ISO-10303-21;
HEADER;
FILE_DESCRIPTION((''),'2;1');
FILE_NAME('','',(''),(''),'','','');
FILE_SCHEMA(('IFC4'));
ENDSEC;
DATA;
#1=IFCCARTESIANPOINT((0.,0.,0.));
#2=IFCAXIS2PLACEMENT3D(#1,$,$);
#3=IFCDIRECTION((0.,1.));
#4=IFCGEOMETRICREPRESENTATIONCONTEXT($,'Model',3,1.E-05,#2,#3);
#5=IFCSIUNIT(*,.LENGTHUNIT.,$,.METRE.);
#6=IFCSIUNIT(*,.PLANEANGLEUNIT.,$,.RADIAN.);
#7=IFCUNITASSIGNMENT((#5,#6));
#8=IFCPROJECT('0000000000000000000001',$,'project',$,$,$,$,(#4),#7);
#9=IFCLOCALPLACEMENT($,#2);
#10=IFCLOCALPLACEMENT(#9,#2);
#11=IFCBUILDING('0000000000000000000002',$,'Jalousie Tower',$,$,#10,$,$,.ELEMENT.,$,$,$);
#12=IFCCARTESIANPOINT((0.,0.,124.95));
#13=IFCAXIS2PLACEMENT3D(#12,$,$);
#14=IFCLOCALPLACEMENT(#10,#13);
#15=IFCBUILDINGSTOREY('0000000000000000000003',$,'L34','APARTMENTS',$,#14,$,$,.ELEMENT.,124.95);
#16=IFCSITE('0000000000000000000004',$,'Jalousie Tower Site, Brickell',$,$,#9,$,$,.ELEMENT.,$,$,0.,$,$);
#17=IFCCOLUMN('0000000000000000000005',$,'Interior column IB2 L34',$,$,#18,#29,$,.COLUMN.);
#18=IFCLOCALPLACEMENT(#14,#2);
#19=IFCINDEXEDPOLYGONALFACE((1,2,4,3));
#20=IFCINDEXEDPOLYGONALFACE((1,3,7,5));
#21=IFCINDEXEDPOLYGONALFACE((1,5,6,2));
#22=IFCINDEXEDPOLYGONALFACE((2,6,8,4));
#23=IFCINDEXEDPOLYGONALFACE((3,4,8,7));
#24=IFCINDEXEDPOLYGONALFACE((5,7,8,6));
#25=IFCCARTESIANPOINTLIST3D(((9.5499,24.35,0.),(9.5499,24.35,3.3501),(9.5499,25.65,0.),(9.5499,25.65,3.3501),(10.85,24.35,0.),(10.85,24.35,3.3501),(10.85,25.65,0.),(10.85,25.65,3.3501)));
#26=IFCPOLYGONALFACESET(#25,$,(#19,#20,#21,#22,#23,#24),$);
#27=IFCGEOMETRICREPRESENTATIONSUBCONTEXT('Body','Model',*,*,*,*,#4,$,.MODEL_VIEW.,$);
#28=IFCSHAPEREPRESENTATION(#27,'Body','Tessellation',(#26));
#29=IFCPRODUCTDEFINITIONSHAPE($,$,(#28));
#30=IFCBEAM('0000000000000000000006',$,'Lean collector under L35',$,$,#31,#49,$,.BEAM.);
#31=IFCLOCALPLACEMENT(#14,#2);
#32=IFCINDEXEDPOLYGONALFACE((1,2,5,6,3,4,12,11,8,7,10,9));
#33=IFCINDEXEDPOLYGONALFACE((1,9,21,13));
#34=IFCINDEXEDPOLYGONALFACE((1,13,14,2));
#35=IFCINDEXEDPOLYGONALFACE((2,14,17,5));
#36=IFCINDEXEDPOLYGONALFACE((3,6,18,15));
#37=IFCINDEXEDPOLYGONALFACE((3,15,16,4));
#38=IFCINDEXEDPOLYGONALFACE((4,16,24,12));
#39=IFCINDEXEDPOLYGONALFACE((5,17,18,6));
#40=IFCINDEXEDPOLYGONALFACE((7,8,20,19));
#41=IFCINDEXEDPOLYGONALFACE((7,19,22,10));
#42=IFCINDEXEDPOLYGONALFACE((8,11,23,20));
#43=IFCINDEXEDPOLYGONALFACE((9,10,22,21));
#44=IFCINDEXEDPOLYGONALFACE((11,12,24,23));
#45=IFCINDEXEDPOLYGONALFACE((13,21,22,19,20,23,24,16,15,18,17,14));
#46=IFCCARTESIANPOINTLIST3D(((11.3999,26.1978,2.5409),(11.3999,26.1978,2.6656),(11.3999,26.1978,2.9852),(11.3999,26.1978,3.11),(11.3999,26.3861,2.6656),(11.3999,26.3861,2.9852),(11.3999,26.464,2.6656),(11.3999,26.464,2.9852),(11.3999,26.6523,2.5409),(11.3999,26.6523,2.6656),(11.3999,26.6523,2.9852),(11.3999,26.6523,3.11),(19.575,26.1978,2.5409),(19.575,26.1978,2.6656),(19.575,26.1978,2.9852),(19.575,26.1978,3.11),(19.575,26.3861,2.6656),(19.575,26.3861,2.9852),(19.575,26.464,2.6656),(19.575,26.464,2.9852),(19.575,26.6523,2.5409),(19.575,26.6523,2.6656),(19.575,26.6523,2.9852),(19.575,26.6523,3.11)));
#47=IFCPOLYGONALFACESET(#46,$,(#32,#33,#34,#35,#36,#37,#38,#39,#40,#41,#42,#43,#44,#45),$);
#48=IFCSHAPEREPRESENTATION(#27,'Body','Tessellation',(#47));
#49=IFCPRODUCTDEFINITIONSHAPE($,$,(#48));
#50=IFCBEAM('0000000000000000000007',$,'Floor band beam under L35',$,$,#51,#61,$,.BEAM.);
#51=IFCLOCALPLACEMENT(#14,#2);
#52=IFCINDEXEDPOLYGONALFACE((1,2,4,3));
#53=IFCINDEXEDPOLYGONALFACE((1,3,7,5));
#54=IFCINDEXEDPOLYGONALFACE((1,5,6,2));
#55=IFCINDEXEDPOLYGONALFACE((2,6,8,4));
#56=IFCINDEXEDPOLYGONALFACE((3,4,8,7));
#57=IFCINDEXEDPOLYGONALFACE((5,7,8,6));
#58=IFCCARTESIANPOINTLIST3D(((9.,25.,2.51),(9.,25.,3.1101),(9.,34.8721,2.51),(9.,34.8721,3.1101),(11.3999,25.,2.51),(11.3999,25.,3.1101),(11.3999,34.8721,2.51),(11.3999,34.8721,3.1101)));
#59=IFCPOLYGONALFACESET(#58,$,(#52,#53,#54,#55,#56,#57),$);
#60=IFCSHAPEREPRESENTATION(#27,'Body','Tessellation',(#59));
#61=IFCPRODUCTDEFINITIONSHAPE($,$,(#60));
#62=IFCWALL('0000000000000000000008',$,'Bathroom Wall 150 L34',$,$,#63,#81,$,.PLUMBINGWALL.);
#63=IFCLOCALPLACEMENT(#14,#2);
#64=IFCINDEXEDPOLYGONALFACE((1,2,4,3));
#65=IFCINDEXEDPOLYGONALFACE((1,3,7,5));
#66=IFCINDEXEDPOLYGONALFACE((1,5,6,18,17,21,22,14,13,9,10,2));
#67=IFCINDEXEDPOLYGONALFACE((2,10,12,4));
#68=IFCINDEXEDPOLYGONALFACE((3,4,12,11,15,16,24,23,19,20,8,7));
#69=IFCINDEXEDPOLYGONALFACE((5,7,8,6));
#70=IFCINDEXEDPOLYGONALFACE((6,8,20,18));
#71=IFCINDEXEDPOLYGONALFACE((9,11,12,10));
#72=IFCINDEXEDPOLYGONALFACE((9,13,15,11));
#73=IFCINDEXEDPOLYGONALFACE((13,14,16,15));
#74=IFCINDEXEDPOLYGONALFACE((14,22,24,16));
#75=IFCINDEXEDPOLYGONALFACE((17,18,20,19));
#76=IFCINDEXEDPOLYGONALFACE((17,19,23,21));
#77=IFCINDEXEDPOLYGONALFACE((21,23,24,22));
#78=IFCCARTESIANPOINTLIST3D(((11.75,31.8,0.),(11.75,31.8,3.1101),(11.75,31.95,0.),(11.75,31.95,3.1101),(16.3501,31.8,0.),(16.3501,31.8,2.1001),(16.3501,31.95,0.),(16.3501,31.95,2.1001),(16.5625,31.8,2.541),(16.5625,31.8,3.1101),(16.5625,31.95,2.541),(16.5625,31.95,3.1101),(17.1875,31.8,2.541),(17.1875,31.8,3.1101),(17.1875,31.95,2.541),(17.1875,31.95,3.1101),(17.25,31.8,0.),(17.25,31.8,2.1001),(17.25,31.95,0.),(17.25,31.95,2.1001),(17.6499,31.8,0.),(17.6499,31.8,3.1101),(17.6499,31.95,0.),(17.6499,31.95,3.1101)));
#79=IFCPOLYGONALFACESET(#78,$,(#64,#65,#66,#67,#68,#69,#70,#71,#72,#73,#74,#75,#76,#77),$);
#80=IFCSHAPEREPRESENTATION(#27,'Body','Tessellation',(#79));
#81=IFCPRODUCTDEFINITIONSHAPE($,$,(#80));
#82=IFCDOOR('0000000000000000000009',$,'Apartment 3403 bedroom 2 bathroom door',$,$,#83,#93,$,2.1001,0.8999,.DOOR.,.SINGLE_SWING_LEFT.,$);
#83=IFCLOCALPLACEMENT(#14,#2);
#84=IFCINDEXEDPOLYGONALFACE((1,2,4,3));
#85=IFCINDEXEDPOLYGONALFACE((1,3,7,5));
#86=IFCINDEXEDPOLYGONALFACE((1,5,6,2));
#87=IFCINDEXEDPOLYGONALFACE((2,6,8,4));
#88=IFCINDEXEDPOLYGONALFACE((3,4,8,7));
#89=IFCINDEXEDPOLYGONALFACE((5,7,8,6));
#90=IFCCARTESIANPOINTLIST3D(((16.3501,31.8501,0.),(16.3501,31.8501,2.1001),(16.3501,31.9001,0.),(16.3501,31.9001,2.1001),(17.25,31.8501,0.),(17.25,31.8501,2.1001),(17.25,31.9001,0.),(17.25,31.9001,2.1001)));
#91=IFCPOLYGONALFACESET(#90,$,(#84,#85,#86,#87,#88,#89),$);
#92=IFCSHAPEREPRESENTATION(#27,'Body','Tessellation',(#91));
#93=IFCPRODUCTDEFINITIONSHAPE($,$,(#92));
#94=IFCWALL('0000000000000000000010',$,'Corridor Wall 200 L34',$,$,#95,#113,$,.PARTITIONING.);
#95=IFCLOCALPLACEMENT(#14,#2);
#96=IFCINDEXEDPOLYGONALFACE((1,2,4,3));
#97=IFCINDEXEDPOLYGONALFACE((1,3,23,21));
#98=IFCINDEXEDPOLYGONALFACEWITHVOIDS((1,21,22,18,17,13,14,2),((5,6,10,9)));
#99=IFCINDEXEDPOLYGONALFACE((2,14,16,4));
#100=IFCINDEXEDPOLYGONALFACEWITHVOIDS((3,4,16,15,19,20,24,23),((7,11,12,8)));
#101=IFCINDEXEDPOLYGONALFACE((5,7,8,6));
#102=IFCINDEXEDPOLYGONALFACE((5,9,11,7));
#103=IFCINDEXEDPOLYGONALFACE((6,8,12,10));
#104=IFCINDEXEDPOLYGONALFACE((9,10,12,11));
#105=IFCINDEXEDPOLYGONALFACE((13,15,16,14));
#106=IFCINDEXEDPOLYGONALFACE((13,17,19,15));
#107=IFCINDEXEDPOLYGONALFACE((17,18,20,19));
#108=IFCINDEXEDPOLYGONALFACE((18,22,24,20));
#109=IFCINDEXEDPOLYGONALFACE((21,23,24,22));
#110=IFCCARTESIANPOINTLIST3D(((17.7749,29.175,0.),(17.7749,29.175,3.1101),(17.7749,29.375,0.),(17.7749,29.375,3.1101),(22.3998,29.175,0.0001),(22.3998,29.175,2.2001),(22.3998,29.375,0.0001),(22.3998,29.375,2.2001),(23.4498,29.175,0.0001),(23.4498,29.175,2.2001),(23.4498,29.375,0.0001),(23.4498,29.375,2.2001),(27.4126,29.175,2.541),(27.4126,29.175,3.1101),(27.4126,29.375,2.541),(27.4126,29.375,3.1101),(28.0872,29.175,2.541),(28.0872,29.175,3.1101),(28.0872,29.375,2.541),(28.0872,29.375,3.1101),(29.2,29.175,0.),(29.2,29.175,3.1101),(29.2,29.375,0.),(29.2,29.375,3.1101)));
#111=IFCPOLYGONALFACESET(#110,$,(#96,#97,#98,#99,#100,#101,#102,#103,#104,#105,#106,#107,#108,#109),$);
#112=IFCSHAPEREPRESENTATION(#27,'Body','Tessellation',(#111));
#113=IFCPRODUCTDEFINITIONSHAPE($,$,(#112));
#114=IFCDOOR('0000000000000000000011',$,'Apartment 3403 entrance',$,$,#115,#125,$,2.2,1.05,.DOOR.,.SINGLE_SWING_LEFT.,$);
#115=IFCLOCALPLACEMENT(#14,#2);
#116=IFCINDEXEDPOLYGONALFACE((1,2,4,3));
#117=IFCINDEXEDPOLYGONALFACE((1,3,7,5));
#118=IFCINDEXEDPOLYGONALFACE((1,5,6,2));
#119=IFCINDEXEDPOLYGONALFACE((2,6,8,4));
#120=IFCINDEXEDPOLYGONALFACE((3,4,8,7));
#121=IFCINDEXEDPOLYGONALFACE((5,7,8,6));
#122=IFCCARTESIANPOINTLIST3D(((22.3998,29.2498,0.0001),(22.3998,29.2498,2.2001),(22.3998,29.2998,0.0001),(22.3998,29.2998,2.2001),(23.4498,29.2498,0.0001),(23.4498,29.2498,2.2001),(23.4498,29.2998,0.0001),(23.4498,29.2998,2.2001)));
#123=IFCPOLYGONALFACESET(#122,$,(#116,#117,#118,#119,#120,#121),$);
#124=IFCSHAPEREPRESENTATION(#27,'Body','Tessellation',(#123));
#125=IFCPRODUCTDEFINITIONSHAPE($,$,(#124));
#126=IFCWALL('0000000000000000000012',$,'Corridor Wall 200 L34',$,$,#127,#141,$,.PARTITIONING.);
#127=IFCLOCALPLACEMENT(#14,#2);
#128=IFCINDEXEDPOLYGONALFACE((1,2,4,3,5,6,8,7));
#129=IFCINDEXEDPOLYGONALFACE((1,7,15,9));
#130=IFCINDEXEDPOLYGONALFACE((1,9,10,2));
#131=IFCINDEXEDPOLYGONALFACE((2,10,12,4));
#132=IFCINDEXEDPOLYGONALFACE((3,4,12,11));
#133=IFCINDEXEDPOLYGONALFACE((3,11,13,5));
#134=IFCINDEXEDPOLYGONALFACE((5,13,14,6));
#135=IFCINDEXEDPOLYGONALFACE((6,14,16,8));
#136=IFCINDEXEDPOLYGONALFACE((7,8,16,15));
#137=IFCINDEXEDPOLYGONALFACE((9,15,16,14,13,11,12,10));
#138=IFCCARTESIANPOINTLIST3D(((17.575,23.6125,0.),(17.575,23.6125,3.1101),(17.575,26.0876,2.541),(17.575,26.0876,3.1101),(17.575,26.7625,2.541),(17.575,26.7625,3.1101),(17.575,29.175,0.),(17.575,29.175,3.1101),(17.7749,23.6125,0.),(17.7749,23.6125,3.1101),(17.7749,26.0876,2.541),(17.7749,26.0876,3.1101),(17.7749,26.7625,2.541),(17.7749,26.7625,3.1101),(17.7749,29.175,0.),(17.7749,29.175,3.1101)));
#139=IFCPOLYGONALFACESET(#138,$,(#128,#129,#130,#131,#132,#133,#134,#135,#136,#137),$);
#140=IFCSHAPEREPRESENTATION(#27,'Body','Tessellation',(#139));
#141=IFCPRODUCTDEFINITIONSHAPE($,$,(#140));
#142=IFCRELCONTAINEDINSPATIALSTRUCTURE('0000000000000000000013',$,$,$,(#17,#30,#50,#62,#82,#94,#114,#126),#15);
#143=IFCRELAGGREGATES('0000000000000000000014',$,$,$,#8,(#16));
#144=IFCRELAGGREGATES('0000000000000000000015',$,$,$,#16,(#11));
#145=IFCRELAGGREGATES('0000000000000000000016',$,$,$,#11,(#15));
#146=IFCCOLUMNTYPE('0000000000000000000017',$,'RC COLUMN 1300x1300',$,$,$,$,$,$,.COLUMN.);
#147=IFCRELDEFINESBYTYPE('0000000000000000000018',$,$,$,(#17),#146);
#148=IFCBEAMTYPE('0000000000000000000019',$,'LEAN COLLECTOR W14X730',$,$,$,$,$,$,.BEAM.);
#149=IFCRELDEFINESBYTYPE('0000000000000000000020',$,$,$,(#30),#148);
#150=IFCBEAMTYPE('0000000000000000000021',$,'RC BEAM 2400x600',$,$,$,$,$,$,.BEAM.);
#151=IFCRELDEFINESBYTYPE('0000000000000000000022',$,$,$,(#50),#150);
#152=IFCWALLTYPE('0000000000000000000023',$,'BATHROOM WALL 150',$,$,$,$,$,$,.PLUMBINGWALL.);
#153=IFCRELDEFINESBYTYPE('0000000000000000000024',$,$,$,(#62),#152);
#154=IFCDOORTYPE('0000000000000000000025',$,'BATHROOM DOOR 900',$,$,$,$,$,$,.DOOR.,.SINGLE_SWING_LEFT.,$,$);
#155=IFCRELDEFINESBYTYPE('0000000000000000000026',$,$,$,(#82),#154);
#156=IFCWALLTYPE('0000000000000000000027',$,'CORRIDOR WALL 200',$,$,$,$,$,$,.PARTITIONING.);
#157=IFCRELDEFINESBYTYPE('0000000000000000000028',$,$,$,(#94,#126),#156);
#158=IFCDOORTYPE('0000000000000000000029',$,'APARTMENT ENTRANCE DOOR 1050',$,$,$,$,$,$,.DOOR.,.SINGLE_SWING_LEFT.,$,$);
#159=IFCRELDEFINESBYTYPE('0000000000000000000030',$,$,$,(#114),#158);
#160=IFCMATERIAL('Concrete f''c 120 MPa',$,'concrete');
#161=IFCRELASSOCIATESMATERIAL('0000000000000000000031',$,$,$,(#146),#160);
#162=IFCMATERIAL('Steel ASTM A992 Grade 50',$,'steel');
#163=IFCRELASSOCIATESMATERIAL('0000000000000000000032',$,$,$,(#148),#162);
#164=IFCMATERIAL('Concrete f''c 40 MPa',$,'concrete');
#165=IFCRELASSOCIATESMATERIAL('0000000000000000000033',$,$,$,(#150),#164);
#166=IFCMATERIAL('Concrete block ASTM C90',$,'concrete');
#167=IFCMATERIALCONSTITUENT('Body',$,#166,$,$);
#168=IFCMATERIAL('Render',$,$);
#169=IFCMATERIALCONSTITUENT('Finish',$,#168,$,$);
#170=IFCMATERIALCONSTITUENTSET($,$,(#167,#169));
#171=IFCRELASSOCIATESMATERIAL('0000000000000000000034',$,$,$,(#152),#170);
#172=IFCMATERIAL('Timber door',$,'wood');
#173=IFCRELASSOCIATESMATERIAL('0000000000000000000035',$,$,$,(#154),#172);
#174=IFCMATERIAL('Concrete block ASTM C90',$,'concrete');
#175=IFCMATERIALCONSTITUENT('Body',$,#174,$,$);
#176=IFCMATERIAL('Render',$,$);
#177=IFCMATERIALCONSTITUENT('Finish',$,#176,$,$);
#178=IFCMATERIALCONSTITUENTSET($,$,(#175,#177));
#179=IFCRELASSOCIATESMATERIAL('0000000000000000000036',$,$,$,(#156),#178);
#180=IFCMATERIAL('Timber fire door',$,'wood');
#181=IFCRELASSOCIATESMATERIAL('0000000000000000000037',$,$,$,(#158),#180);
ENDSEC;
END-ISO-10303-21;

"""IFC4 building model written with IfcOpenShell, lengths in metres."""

from ifc_helpers import new_model, si_unit, direction, frame, frame_2d, origin, origin_2d, place, context, subcontext, project, spatial, polyline, rectangle, i_section, outline, extrude, material, constituent, constituent_set, material_profile, profile_set, type_object, element, fill, save


model = new_model("IFC4")

# Units and contexts
model_context = context("Model", 3, precision=1e-05, world=origin(), true_north=direction((0.0, 1.0)))
body_context = subcontext(model_context, "Body", "Model", "MODEL_VIEW")
ifc_project = project(units=[si_unit("LENGTHUNIT", "METRE"), si_unit("PLANEANGLEUNIT", "RADIAN")], contexts=[model_context])

# Site, building, storey
site_placement = place(None, origin())
site = spatial("IfcSite", under=ifc_project, at=site_placement, Name="Jalousie Tower Site, Brickell", CompositionType="ELEMENT", RefElevation=0.0)
building_placement = place(site_placement, origin())
building = spatial("IfcBuilding", under=site, at=building_placement, Name="Jalousie Tower", CompositionType="ELEMENT")
storey_placement = place(building_placement, frame((0.0, 0.0, 124.95)))
storey = spatial("IfcBuildingStorey", under=building, at=storey_placement, Name="L34", Description="APARTMENTS", CompositionType="ELEMENT", Elevation=124.95)

# Column
ifc_material_1 = material(Name="Concrete f'c 120 MPa", Category="concrete")
ifc_material_profile_1 = material_profile(ifc_material_1, rectangle(XDim=1.3, YDim=1.3, at=origin_2d()), Name="RC 1300x1300")
ifc_profile_set_1 = profile_set([ifc_material_profile_1], Name="Concrete f'c 120 MPa")
column_type = type_object("IfcColumnType", Name="RC COLUMN 1300x1300", PredefinedType="COLUMN", material=ifc_profile_set_1)
column_placement = place(storey_placement, frame((10.2, 25.0, 0.0), z_axis=(0.0, 0.0, 1.0), x_axis=(1.0, 0.0, 0.0)))
element("IfcColumn", 1, at=column_placement, inside=storey, type_object=column_type, Name="Interior column IB2 L34", PredefinedType="COLUMN", context=body_context, shape_type="SweptSolid", body=[
    extrude(rectangle(XDim=1.3, YDim=1.3, at=origin_2d()), origin(), (0.0, 0.0, 1.0), 3.3501),
])

# Beams
ifc_material_2 = material(Name="Steel ASTM A992 Grade 50", Category="steel")
ifc_material_profile_2 = material_profile(ifc_material_2, i_section(OverallWidth=0.4546, OverallDepth=0.5691, WebThickness=0.0779, FlangeThickness=0.1248, at=origin_2d()), Name="W14X730")
ifc_profile_set_2 = profile_set([ifc_material_profile_2], Name="Steel ASTM A992 Grade 50")
beam_type_1 = type_object("IfcBeamType", Name="LEAN COLLECTOR W14X730", PredefinedType="BEAM", material=ifc_profile_set_2)
beam_1_placement = place(storey_placement, frame((11.3999, 26.425, 2.8254), z_axis=(1.0, 0.0, 0.0), x_axis=(0.0, 1.0, 0.0)))
element("IfcBeam", 2, at=beam_1_placement, inside=storey, type_object=beam_type_1, Name="Lean collector under L35", PredefinedType="BEAM", context=body_context, shape_type="SweptSolid", body=[
    extrude(i_section(OverallWidth=0.4546, OverallDepth=0.5691, WebThickness=0.0779, FlangeThickness=0.1248, at=origin_2d()), origin(), (0.0, 0.0, 1.0), 8.175),
])
ifc_material_3 = material(Name="Concrete f'c 40 MPa", Category="concrete")
ifc_material_profile_3 = material_profile(ifc_material_3, rectangle(XDim=2.3999, YDim=0.6001, at=origin_2d()), Name="RC 2400x600")
ifc_profile_set_3 = profile_set([ifc_material_profile_3], Name="Concrete f'c 40 MPa")
beam_type_2 = type_object("IfcBeamType", Name="RC BEAM 2400x600", PredefinedType="BEAM", material=ifc_profile_set_3)
beam_2_placement = place(storey_placement, frame((10.2, 25.0, 2.8101), z_axis=(0.0, 1.0, 0.0), x_axis=(-1.0, 0.0, 0.0)))
element("IfcBeam", 3, at=beam_2_placement, inside=storey, type_object=beam_type_2, Name="Floor band beam under L35", PredefinedType="BEAM", context=body_context, shape_type="SweptSolid", body=[
    extrude(rectangle(XDim=2.3999, YDim=0.6001, at=origin_2d()), origin(), (0.0, 0.0, 1.0), 9.8721),
])

# Walls, openings, doors
ifc_material_4 = material(Name="Concrete block ASTM C90", Category="concrete")
ifc_constituent_1 = constituent(ifc_material_4, Name="Body")
ifc_material_5 = material(Name="Render")
ifc_constituent_2 = constituent(ifc_material_5, Name="Finish")
ifc_constituent_set_1 = constituent_set(constituents=[ifc_constituent_1, ifc_constituent_2])
wall_type_1 = type_object("IfcWallType", Name="BATHROOM WALL 150", PredefinedType="PLUMBINGWALL", material=ifc_constituent_set_1)
wall_1_placement = place(storey_placement, frame((11.75, 31.875, 0.0), z_axis=(0.0, 0.0, 1.0), x_axis=(1.0, 0.0, 0.0)))
wall_1 = element("IfcWall", 4, at=wall_1_placement, inside=storey, type_object=wall_type_1, Name="Bathroom Wall 150 L34", PredefinedType="PLUMBINGWALL", context=body_context, shape_type="SweptSolid", body=[
    extrude(outline(polyline([(0.0, 0.0), (5.8999, 0.0), (5.8999, 3.1101), (5.4375, 3.1101), (5.4375, 2.541), (4.8125, 2.541), (4.8125, 3.1101), (0.0, 3.1101), (0.0, 0.0)])), frame((0.0, 0.075, 0.0), z_axis=(0.0, -1.0, 0.0), x_axis=(1.0, 0.0, 0.0)), (0.0, 0.0, 1.0), 0.1499),
])
opening_1_placement = place(wall_1_placement, frame((4.6001, 0.0, 0.0)))
opening_1 = element("IfcOpeningElement", 5, at=opening_1_placement, cuts=wall_1, PredefinedType="OPENING", context=body_context, shape_type="SweptSolid", body=[
    extrude(rectangle(XDim=0.8999, YDim=2.1001, at=frame_2d((0.45, 1.05))), frame((0.0, 0.085, 0.0), z_axis=(0.0, -1.0, 0.0), x_axis=(1.0, 0.0, 0.0)), (0.0, 0.0, 1.0), 0.1699),
])
ifc_material_6 = material(Name="Timber door", Category="wood")
door_type_1 = type_object("IfcDoorType", Name="BATHROOM DOOR 900", OperationType="SINGLE_SWING_LEFT", PredefinedType="DOOR", material=ifc_material_6)
door_1_placement = place(opening_1_placement, frame((0.8999, 0.0, 0.0), z_axis=(0.0, 0.0, 1.0), x_axis=(-1.0, 0.0, 0.0)))
door_1 = element("IfcDoor", 6, at=door_1_placement, inside=storey, type_object=door_type_1, Name="Apartment 3403 bedroom 2 bathroom door", OperationType="SINGLE_SWING_LEFT", OverallHeight=2.1001, OverallWidth=0.8999, PredefinedType="DOOR", context=body_context, shape_type="SweptSolid", body=[
    extrude(rectangle(XDim=0.8999, YDim=2.1001, at=frame_2d((0.45, 1.05))), frame((0.0, 0.0249, 0.0), z_axis=(0.0, -1.0, 0.0), x_axis=(1.0, 0.0, 0.0)), (0.0, 0.0, 1.0), 0.05),
])
fill(opening_1, door_1)
ifc_material_7 = material(Name="Concrete block ASTM C90", Category="concrete")
ifc_constituent_3 = constituent(ifc_material_7, Name="Body")
ifc_material_8 = material(Name="Render")
ifc_constituent_4 = constituent(ifc_material_8, Name="Finish")
ifc_constituent_set_2 = constituent_set(constituents=[ifc_constituent_3, ifc_constituent_4])
wall_type_2 = type_object("IfcWallType", Name="CORRIDOR WALL 200", PredefinedType="PARTITIONING", material=ifc_constituent_set_2)
wall_2_placement = place(storey_placement, frame((17.7749, 29.2749, 0.0), z_axis=(0.0, 0.0, 1.0), x_axis=(1.0, 0.0, 0.0)))
wall_2 = element("IfcWall", 7, at=wall_2_placement, inside=storey, type_object=wall_type_2, Name="Corridor Wall 200 L34", PredefinedType="PARTITIONING", context=body_context, shape_type="SweptSolid", body=[
    extrude(outline(polyline([(0.0, 0.0), (11.425, 0.0), (11.425, 3.1101), (10.3123, 3.1101), (10.3123, 2.541), (9.6377, 2.541), (9.6377, 3.1101), (0.0, 3.1101), (0.0, 0.0)])), frame((0.0, 0.1001, 0.0), z_axis=(0.0, -1.0, 0.0), x_axis=(1.0, 0.0, 0.0)), (0.0, 0.0, 1.0), 0.2),
])
opening_2_placement = place(wall_2_placement, frame((4.625, 0.0, 0.0)))
opening_2 = element("IfcOpeningElement", 8, at=opening_2_placement, cuts=wall_2, PredefinedType="OPENING", context=body_context, shape_type="SweptSolid", body=[
    extrude(rectangle(XDim=1.05, YDim=2.2, at=frame_2d((0.5249, 1.1001))), frame((0.0, 0.1099, 0.0), z_axis=(0.0, -1.0, 0.0), x_axis=(1.0, 0.0, 0.0)), (0.0, 0.0, 1.0), 0.22),
])
ifc_material_9 = material(Name="Timber fire door", Category="wood")
door_type_2 = type_object("IfcDoorType", Name="APARTMENT ENTRANCE DOOR 1050", OperationType="SINGLE_SWING_LEFT", PredefinedType="DOOR", material=ifc_material_9)
door_2_placement = place(opening_2_placement, origin())
door_2 = element("IfcDoor", 9, at=door_2_placement, inside=storey, type_object=door_type_2, Name="Apartment 3403 entrance", OperationType="SINGLE_SWING_LEFT", OverallHeight=2.2, OverallWidth=1.05, PredefinedType="DOOR", context=body_context, shape_type="SweptSolid", body=[
    extrude(rectangle(XDim=1.05, YDim=2.2, at=frame_2d((0.5249, 1.1001))), frame((0.0, 0.0249, 0.0), z_axis=(0.0, -1.0, 0.0), x_axis=(1.0, 0.0, 0.0)), (0.0, 0.0, 1.0), 0.05),
])
fill(opening_2, door_2)

# Wall
wall_3_placement = place(storey_placement, frame((17.675, 23.6125, 0.0), z_axis=(0.0, 0.0, 1.0), x_axis=(0.0, 1.0, 0.0)))
element("IfcWall", 10, at=wall_3_placement, inside=storey, type_object=wall_type_2, Name="Corridor Wall 200 L34", PredefinedType="PARTITIONING", context=body_context, shape_type="SweptSolid", body=[
    extrude(outline(polyline([(0.0, 0.0), (5.5625, 0.0), (5.5625, 3.1101), (3.1499, 3.1101), (3.1499, 2.541), (2.4751, 2.541), (2.4751, 3.1101), (0.0, 3.1101), (0.0, 0.0)])), frame((0.0, 0.1001, 0.0), z_axis=(0.0, -1.0, 0.0), x_axis=(1.0, 0.0, 0.0)), (0.0, 0.0, 1.0), 0.2),
])

save(model, "model.ifc")
